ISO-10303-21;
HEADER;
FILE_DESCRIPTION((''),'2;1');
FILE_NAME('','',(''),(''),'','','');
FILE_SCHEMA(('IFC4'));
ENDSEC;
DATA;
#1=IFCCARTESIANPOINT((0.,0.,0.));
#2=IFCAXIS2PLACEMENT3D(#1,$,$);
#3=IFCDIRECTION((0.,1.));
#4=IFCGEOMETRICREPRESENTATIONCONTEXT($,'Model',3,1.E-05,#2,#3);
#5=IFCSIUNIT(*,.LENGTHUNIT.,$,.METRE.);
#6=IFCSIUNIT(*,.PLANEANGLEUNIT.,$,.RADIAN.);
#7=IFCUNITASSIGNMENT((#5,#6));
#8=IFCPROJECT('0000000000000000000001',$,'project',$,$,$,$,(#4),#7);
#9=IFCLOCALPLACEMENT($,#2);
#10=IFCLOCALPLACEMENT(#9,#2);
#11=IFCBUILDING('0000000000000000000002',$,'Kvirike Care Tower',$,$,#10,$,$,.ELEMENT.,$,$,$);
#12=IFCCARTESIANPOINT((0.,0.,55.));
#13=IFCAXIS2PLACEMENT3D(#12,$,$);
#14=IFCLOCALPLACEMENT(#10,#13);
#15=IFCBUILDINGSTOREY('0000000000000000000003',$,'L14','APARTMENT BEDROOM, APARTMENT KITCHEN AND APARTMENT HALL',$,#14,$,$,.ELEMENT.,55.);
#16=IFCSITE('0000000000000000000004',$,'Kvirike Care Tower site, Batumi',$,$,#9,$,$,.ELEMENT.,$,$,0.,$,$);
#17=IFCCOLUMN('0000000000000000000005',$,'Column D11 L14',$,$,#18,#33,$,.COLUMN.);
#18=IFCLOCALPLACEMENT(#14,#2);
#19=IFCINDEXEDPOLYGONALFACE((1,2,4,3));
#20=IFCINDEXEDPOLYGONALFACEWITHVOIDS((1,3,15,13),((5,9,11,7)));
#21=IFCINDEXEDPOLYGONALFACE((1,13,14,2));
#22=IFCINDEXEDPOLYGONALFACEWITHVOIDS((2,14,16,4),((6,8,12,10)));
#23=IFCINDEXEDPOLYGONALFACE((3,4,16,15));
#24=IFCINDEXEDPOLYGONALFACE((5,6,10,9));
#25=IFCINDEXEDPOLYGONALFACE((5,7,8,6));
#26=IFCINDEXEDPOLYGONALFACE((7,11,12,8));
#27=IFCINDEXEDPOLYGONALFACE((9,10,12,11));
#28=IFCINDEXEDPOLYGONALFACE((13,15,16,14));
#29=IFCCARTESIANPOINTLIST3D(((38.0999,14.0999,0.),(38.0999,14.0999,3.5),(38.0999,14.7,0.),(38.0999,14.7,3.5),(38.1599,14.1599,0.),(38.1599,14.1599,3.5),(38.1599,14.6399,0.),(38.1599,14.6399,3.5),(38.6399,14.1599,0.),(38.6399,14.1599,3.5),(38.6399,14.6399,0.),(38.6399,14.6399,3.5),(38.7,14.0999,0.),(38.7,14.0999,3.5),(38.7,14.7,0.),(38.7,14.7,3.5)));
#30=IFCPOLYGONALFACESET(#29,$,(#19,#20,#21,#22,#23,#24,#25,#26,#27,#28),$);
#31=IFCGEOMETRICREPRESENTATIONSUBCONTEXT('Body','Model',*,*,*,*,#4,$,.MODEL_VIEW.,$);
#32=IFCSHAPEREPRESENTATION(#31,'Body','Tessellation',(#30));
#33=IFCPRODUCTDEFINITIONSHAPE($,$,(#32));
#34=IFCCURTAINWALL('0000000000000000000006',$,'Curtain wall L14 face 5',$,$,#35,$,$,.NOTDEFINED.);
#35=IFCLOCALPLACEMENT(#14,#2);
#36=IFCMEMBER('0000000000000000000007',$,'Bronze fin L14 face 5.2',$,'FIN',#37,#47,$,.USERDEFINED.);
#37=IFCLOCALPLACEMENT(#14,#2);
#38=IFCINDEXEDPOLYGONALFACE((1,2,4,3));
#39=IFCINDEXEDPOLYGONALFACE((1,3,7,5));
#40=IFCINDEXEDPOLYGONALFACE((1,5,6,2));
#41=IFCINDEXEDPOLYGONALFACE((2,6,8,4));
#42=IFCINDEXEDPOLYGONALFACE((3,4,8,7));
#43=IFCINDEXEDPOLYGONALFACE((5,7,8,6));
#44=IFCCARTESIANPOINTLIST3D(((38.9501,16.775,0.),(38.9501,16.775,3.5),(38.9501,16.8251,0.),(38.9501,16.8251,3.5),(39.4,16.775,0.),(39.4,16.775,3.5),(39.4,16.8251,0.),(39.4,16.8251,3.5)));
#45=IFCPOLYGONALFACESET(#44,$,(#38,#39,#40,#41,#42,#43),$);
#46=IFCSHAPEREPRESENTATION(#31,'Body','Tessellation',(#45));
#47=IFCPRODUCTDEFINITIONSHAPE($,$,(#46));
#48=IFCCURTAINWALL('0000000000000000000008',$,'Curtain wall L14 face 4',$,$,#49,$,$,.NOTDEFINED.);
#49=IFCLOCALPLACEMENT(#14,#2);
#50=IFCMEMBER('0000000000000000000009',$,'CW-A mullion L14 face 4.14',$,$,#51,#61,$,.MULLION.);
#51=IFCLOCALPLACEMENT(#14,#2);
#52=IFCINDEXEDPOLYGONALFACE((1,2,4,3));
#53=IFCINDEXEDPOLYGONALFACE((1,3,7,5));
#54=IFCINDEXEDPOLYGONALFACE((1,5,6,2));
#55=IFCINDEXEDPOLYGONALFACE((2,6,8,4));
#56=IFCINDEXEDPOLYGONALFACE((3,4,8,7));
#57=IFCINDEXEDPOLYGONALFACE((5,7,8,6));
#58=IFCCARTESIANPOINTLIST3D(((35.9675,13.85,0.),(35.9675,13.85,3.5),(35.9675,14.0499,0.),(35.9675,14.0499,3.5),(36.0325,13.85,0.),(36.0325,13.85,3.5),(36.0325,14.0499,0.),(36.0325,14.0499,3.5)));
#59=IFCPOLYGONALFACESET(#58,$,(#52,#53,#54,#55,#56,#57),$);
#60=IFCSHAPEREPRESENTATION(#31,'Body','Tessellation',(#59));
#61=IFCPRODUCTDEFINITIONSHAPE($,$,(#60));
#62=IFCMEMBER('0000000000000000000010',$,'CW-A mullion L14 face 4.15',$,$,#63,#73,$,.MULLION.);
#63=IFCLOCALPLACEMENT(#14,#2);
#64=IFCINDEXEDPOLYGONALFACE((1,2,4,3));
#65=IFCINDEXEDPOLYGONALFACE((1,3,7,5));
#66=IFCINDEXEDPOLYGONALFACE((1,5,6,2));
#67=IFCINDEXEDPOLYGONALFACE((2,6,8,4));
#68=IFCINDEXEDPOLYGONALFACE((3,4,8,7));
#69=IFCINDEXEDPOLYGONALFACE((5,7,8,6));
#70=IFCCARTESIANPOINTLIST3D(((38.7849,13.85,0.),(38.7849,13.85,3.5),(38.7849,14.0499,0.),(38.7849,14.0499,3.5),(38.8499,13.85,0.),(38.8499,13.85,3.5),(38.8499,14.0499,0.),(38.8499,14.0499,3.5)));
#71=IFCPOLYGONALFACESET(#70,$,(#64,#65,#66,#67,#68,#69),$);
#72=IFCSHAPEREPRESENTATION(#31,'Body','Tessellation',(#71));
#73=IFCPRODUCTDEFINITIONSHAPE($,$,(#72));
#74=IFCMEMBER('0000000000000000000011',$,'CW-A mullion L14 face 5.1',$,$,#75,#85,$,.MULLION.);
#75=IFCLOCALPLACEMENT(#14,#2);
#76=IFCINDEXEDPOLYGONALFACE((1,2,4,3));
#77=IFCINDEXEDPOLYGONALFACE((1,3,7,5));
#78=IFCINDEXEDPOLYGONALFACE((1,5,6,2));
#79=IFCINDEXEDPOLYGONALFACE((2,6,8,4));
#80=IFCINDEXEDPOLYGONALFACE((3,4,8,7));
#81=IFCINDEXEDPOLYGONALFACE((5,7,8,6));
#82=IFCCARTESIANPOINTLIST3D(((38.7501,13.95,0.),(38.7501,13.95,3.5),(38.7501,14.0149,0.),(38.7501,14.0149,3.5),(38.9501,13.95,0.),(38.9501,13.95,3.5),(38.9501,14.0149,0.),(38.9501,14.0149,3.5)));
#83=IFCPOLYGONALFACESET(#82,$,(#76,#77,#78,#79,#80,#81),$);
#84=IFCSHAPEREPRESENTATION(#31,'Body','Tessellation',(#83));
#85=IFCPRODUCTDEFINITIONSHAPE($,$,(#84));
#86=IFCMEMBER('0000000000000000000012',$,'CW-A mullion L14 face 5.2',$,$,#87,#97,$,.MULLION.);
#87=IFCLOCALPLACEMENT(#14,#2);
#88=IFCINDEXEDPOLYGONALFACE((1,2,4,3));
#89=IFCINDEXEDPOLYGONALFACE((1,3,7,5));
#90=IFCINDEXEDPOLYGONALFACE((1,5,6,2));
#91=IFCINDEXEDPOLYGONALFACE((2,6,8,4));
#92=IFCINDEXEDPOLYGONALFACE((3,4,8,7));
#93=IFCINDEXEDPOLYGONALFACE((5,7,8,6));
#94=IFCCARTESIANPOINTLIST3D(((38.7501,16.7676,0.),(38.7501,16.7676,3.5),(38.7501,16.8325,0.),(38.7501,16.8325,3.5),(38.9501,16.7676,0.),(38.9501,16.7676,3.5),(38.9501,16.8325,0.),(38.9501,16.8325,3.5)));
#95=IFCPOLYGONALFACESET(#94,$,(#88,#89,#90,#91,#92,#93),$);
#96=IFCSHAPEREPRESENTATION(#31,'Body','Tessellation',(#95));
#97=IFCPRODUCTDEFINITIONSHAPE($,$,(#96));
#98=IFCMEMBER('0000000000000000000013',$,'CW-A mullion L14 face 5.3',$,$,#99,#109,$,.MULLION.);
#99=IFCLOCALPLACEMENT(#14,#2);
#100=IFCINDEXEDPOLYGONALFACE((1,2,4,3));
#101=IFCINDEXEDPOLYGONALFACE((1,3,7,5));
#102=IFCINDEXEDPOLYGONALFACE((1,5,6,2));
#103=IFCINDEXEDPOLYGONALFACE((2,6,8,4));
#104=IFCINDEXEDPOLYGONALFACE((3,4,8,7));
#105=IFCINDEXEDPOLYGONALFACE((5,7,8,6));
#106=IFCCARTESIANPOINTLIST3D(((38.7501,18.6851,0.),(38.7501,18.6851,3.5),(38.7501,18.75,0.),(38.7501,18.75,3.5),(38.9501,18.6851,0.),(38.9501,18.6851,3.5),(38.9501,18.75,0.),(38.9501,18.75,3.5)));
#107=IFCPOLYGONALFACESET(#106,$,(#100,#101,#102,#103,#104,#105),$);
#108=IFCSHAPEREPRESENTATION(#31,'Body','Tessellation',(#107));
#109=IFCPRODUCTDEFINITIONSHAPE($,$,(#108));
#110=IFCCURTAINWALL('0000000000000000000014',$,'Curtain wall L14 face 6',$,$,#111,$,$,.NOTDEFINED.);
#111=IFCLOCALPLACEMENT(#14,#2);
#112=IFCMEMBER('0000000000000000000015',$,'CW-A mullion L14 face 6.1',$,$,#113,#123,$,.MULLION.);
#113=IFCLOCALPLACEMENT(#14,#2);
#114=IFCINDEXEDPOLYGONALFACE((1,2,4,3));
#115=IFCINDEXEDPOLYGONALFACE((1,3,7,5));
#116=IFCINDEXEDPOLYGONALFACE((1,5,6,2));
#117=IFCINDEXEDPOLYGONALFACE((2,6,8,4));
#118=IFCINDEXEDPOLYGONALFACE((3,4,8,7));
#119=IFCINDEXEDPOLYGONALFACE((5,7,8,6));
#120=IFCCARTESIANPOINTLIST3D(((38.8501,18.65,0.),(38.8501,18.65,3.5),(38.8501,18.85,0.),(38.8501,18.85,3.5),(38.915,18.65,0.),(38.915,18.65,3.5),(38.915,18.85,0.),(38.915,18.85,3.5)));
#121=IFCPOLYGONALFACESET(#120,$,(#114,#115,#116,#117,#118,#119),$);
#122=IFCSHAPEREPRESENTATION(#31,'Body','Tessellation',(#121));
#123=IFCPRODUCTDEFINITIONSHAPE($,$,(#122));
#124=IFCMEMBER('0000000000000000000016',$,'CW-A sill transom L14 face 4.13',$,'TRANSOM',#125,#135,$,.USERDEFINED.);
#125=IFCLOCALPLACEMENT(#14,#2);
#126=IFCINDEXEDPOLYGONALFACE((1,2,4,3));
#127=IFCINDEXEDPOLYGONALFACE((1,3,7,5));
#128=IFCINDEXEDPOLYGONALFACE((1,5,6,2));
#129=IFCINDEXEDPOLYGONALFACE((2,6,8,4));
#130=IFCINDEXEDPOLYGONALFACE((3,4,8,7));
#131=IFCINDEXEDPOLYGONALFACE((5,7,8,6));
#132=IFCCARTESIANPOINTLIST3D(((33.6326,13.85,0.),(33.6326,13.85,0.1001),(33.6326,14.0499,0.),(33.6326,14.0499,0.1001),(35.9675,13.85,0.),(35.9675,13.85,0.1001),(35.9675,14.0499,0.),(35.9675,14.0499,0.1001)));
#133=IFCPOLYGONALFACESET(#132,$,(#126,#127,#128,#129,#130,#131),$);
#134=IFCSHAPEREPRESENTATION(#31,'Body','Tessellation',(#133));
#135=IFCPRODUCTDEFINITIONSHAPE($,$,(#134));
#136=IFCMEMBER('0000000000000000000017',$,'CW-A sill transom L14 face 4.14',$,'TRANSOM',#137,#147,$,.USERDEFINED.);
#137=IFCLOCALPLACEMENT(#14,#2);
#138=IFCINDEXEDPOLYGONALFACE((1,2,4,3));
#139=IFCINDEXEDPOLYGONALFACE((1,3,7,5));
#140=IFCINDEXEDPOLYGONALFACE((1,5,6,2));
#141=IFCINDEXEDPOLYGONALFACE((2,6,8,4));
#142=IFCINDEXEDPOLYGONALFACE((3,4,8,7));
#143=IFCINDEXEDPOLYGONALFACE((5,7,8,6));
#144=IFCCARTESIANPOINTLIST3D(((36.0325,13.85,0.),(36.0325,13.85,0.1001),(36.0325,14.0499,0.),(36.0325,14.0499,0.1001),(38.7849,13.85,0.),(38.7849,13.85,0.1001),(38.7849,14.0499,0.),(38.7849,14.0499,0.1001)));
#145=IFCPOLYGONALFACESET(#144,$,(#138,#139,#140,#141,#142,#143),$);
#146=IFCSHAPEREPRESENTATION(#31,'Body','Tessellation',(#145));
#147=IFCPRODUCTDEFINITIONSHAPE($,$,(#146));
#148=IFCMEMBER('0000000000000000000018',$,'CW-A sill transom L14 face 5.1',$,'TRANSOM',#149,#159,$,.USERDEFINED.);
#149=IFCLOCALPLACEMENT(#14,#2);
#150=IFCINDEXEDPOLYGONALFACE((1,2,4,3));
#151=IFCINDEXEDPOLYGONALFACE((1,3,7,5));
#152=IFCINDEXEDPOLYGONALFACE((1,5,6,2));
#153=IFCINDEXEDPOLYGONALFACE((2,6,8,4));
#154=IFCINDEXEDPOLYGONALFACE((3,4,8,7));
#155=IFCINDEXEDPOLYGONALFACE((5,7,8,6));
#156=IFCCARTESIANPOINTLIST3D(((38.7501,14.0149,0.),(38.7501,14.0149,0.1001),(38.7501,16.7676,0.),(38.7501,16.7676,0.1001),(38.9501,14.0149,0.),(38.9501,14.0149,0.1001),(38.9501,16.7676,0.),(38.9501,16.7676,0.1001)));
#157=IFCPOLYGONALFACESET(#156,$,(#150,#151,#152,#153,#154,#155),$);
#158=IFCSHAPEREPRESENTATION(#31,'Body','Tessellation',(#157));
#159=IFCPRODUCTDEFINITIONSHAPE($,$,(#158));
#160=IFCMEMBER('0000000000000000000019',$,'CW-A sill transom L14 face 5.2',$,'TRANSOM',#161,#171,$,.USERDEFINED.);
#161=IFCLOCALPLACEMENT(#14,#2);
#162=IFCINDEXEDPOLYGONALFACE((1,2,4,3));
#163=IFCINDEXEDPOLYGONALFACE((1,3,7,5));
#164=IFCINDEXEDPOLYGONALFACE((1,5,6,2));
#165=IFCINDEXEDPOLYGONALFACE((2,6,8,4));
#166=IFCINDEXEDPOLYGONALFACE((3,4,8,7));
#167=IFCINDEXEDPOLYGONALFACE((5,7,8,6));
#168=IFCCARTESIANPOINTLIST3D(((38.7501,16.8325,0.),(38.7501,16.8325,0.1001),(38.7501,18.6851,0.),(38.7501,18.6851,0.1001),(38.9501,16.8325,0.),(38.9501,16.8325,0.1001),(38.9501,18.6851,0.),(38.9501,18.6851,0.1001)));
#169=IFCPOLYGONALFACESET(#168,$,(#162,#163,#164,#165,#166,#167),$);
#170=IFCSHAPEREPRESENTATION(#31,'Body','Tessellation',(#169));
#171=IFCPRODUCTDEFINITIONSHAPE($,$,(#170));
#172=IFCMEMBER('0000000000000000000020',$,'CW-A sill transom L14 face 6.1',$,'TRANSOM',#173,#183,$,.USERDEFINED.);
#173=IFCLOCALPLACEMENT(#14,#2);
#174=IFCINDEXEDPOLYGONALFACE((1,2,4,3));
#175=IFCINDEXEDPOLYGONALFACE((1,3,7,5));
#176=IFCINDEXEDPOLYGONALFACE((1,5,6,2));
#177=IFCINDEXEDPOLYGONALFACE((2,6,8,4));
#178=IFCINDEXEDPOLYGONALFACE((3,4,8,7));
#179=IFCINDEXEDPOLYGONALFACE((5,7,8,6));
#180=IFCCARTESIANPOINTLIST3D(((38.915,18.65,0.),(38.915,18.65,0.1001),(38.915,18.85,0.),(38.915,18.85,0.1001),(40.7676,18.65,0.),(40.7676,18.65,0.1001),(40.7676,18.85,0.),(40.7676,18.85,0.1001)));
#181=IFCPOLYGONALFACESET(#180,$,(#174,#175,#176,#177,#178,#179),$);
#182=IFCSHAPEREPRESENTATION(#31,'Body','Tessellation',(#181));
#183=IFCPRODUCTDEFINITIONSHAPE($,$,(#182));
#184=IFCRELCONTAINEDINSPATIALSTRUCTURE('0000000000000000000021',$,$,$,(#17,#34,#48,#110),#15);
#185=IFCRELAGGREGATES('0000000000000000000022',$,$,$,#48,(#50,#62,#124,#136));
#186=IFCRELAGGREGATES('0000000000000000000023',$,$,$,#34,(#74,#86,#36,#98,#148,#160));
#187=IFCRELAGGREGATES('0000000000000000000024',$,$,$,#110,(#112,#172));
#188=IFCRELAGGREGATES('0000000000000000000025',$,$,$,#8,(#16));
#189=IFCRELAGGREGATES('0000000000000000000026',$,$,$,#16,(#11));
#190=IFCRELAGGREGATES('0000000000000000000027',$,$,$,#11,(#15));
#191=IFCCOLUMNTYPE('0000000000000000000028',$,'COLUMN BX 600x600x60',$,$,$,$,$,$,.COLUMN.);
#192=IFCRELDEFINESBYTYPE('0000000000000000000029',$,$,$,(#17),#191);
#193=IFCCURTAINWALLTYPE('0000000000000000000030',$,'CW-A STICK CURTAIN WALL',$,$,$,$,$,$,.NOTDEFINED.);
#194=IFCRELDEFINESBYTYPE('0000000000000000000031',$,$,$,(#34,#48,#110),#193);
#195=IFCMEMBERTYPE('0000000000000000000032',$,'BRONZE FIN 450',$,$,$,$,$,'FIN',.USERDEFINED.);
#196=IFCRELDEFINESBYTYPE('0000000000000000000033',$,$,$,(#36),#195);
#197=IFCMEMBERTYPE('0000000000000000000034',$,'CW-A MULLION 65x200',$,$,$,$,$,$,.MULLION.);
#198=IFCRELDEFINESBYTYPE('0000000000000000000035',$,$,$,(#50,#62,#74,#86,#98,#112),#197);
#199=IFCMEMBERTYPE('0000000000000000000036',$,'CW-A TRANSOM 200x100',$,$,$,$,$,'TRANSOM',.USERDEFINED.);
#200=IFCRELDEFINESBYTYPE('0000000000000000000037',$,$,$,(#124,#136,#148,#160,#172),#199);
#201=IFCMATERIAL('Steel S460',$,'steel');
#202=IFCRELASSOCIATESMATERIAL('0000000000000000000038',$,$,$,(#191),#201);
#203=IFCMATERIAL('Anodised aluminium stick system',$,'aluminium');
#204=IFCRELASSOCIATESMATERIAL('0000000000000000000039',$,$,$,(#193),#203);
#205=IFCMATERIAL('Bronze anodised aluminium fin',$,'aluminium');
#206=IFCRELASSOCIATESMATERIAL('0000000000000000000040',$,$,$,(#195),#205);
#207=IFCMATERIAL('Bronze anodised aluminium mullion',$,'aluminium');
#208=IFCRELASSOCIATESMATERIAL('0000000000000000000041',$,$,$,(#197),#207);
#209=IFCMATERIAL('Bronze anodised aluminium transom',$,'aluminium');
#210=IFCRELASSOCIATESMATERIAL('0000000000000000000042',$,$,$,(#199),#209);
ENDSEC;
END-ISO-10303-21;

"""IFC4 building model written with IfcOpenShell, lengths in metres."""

from ifc_helpers import new_model, si_unit, direction, frame, origin, origin_2d, place, context, subcontext, project, spatial, rectangle, hollow_rectangle, extrude, material, material_profile, profile_set, type_object, element, aggregate, save


model = new_model("IFC4")

# Units and contexts
model_context = context("Model", 3, precision=1e-05, world=origin(), true_north=direction((0.0, 1.0)))
body_context = subcontext(model_context, "Body", "Model", "MODEL_VIEW")
ifc_project = project(units=[si_unit("LENGTHUNIT", "METRE"), si_unit("PLANEANGLEUNIT", "RADIAN")], contexts=[model_context])

# Site, building, storey
site_placement = place(None, origin())
site = spatial("IfcSite", under=ifc_project, at=site_placement, Name="Kvirike Care Tower site, Batumi", CompositionType="ELEMENT", RefElevation=0.0)
building_placement = place(site_placement, origin())
building = spatial("IfcBuilding", under=site, at=building_placement, Name="Kvirike Care Tower", CompositionType="ELEMENT")
storey_placement = place(building_placement, frame((0.0, 0.0, 55.0)))
storey = spatial("IfcBuildingStorey", under=building, at=storey_placement, Name="L14", Description="APARTMENT BEDROOM, APARTMENT KITCHEN AND APARTMENT HALL", CompositionType="ELEMENT", Elevation=55.0)

# Column
ifc_material_1 = material(Name="Steel S460", Category="steel")
ifc_material_profile_1 = material_profile(ifc_material_1, hollow_rectangle(XDim=0.6001, YDim=0.6001, WallThickness=0.0601, at=origin_2d()), Name="BX 600x600x60")
ifc_profile_set_1 = profile_set([ifc_material_profile_1], Name="Steel S460")
column_type = type_object("IfcColumnType", Name="COLUMN BX 600x600x60", PredefinedType="COLUMN", material=ifc_profile_set_1)
column_placement = place(storey_placement, frame((38.3999, 14.3999, 0.0), z_axis=(0.0, 0.0, 1.0), x_axis=(0.0, 1.0, 0.0)))
element("IfcColumn", 1, at=column_placement, inside=storey, type_object=column_type, Name="Column D11 L14", PredefinedType="COLUMN", context=body_context, shape_type="SweptSolid", body=[
    extrude(hollow_rectangle(XDim=0.6001, YDim=0.6001, WallThickness=0.0601, at=origin_2d()), origin(), (0.0, 0.0, 1.0), 3.5),
])

# Curtain wall, member
ifc_material_2 = material(Name="Anodised aluminium stick system", Category="aluminium")
curtain_wall_type = type_object("IfcCurtainWallType", Name="CW-A STICK CURTAIN WALL", PredefinedType="NOTDEFINED", material=ifc_material_2)
curtain_wall_1_placement = place(storey_placement, origin())
curtain_wall_1 = element("IfcCurtainWall", 2, at=curtain_wall_1_placement, inside=storey, type_object=curtain_wall_type, Name="Curtain wall L14 face 5", PredefinedType="NOTDEFINED")
ifc_material_3 = material(Name="Bronze anodised aluminium fin", Category="aluminium")
ifc_material_profile_2 = material_profile(ifc_material_3, rectangle(XDim=0.05, YDim=0.45, at=origin_2d()), Name="BRONZE FIN 450")
ifc_profile_set_2 = profile_set([ifc_material_profile_2], Name="Bronze anodised aluminium fin")
member_type_1 = type_object("IfcMemberType", Name="BRONZE FIN 450", ElementType="FIN", PredefinedType="USERDEFINED", material=ifc_profile_set_2)
member_1_placement = place(storey_placement, frame((39.175, 16.8, 0.0), z_axis=(0.0, 0.0, 1.0), x_axis=(0.0, 1.0, 0.0)))
member_1 = element("IfcMember", 3, at=member_1_placement, type_object=member_type_1, Name="Bronze fin L14 face 5.2", ObjectType="FIN", PredefinedType="USERDEFINED", context=body_context, shape_type="SweptSolid", body=[
    extrude(rectangle(XDim=0.05, YDim=0.45, at=origin_2d()), origin(), (0.0, 0.0, 1.0), 3.5),
])

# Curtain wall, members
curtain_wall_2_placement = place(storey_placement, origin())
curtain_wall_2 = element("IfcCurtainWall", 4, at=curtain_wall_2_placement, inside=storey, type_object=curtain_wall_type, Name="Curtain wall L14 face 4", PredefinedType="NOTDEFINED")
ifc_material_4 = material(Name="Bronze anodised aluminium mullion", Category="aluminium")
ifc_material_profile_3 = material_profile(ifc_material_4, rectangle(XDim=0.0649, YDim=0.2, at=origin_2d()), Name="CW-A MULLION 65x200")
ifc_profile_set_3 = profile_set([ifc_material_profile_3], Name="Bronze anodised aluminium mullion")
member_type_2 = type_object("IfcMemberType", Name="CW-A MULLION 65x200", PredefinedType="MULLION", material=ifc_profile_set_3)
member_2_placement = place(storey_placement, frame((36.0, 13.95, 0.0), z_axis=(0.0, 0.0, 1.0), x_axis=(1.0, 0.0, 0.0)))
member_2 = element("IfcMember", 5, at=member_2_placement, type_object=member_type_2, Name="CW-A mullion L14 face 4.14", PredefinedType="MULLION", context=body_context, shape_type="SweptSolid", body=[
    extrude(rectangle(XDim=0.0649, YDim=0.2, at=origin_2d()), origin(), (0.0, 0.0, 1.0), 3.5),
])
member_3_placement = place(storey_placement, frame((38.8174, 13.95, 0.0), z_axis=(0.0, 0.0, 1.0), x_axis=(1.0, 0.0, 0.0)))
member_3 = element("IfcMember", 6, at=member_3_placement, type_object=member_type_2, Name="CW-A mullion L14 face 4.15", PredefinedType="MULLION", context=body_context, shape_type="SweptSolid", body=[
    extrude(rectangle(XDim=0.0649, YDim=0.2, at=origin_2d()), origin(), (0.0, 0.0, 1.0), 3.5),
])

# Members
member_4_placement = place(storey_placement, frame((38.8501, 13.9824, 0.0), z_axis=(0.0, 0.0, 1.0), x_axis=(0.0, 1.0, 0.0)))
member_4 = element("IfcMember", 7, at=member_4_placement, type_object=member_type_2, Name="CW-A mullion L14 face 5.1", PredefinedType="MULLION", context=body_context, shape_type="SweptSolid", body=[
    extrude(rectangle(XDim=0.0649, YDim=0.2, at=origin_2d()), origin(), (0.0, 0.0, 1.0), 3.5),
])
member_5_placement = place(storey_placement, frame((38.8501, 16.8, 0.0), z_axis=(0.0, 0.0, 1.0), x_axis=(0.0, 1.0, 0.0)))
member_5 = element("IfcMember", 8, at=member_5_placement, type_object=member_type_2, Name="CW-A mullion L14 face 5.2", PredefinedType="MULLION", context=body_context, shape_type="SweptSolid", body=[
    extrude(rectangle(XDim=0.0649, YDim=0.2, at=origin_2d()), origin(), (0.0, 0.0, 1.0), 3.5),
])
member_6_placement = place(storey_placement, frame((38.8501, 18.7175, 0.0), z_axis=(0.0, 0.0, 1.0), x_axis=(0.0, 1.0, 0.0)))
member_6 = element("IfcMember", 9, at=member_6_placement, type_object=member_type_2, Name="CW-A mullion L14 face 5.3", PredefinedType="MULLION", context=body_context, shape_type="SweptSolid", body=[
    extrude(rectangle(XDim=0.0649, YDim=0.2, at=origin_2d()), origin(), (0.0, 0.0, 1.0), 3.5),
])

# Curtain wall, member
curtain_wall_3_placement = place(storey_placement, origin())
curtain_wall_3 = element("IfcCurtainWall", 10, at=curtain_wall_3_placement, inside=storey, type_object=curtain_wall_type, Name="Curtain wall L14 face 6", PredefinedType="NOTDEFINED")
member_7_placement = place(storey_placement, frame((38.8826, 18.75, 0.0), z_axis=(0.0, 0.0, 1.0), x_axis=(1.0, 0.0, 0.0)))
member_7 = element("IfcMember", 11, at=member_7_placement, type_object=member_type_2, Name="CW-A mullion L14 face 6.1", PredefinedType="MULLION", context=body_context, shape_type="SweptSolid", body=[
    extrude(rectangle(XDim=0.0649, YDim=0.2, at=origin_2d()), origin(), (0.0, 0.0, 1.0), 3.5),
])

# Members
ifc_material_5 = material(Name="Bronze anodised aluminium transom", Category="aluminium")
ifc_material_profile_4 = material_profile(ifc_material_5, rectangle(XDim=0.2, YDim=0.1001, at=origin_2d()), Name="CW-A TRANSOM 200x100")
ifc_profile_set_4 = profile_set([ifc_material_profile_4], Name="Bronze anodised aluminium transom")
member_type_3 = type_object("IfcMemberType", Name="CW-A TRANSOM 200x100", ElementType="TRANSOM", PredefinedType="USERDEFINED", material=ifc_profile_set_4)
member_8_placement = place(storey_placement, frame((33.6326, 13.95, 0.05), z_axis=(1.0, 0.0, 0.0), x_axis=(0.0, 1.0, 0.0)))
member_8 = element("IfcMember", 12, at=member_8_placement, type_object=member_type_3, Name="CW-A sill transom L14 face 4.13", ObjectType="TRANSOM", PredefinedType="USERDEFINED", context=body_context, shape_type="SweptSolid", body=[
    extrude(rectangle(XDim=0.2, YDim=0.1001, at=origin_2d()), origin(), (0.0, 0.0, 1.0), 2.335),
])
member_9_placement = place(storey_placement, frame((36.0325, 13.95, 0.05), z_axis=(1.0, 0.0, 0.0), x_axis=(0.0, 1.0, 0.0)))
member_9 = element("IfcMember", 13, at=member_9_placement, type_object=member_type_3, Name="CW-A sill transom L14 face 4.14", ObjectType="TRANSOM", PredefinedType="USERDEFINED", context=body_context, shape_type="SweptSolid", body=[
    extrude(rectangle(XDim=0.2, YDim=0.1001, at=origin_2d()), origin(), (0.0, 0.0, 1.0), 2.7524),
])
member_10_placement = place(storey_placement, frame((38.8501, 14.0149, 0.05), z_axis=(0.0, 1.0, 0.0), x_axis=(-1.0, 0.0, 0.0)))
member_10 = element("IfcMember", 14, at=member_10_placement, type_object=member_type_3, Name="CW-A sill transom L14 face 5.1", ObjectType="TRANSOM", PredefinedType="USERDEFINED", context=body_context, shape_type="SweptSolid", body=[
    extrude(rectangle(XDim=0.2, YDim=0.1001, at=origin_2d()), origin(), (0.0, 0.0, 1.0), 2.7527),
])
member_11_placement = place(storey_placement, frame((38.8501, 16.8325, 0.05), z_axis=(0.0, 1.0, 0.0), x_axis=(-1.0, 0.0, 0.0)))
member_11 = element("IfcMember", 15, at=member_11_placement, type_object=member_type_3, Name="CW-A sill transom L14 face 5.2", ObjectType="TRANSOM", PredefinedType="USERDEFINED", context=body_context, shape_type="SweptSolid", body=[
    extrude(rectangle(XDim=0.2, YDim=0.1001, at=origin_2d()), origin(), (0.0, 0.0, 1.0), 1.8525),
])
member_12_placement = place(storey_placement, frame((38.915, 18.75, 0.05), z_axis=(1.0, 0.0, 0.0), x_axis=(0.0, 1.0, 0.0)))
member_12 = element("IfcMember", 16, at=member_12_placement, type_object=member_type_3, Name="CW-A sill transom L14 face 6.1", ObjectType="TRANSOM", PredefinedType="USERDEFINED", context=body_context, shape_type="SweptSolid", body=[
    extrude(rectangle(XDim=0.2, YDim=0.1001, at=origin_2d()), origin(), (0.0, 0.0, 1.0), 1.8525),
])

aggregate(curtain_wall_2, [member_2, member_3, member_8, member_9])
aggregate(curtain_wall_1, [member_4, member_5, member_1, member_6, member_10, member_11])
aggregate(curtain_wall_3, [member_7, member_12])

save(model, "model.ifc")
